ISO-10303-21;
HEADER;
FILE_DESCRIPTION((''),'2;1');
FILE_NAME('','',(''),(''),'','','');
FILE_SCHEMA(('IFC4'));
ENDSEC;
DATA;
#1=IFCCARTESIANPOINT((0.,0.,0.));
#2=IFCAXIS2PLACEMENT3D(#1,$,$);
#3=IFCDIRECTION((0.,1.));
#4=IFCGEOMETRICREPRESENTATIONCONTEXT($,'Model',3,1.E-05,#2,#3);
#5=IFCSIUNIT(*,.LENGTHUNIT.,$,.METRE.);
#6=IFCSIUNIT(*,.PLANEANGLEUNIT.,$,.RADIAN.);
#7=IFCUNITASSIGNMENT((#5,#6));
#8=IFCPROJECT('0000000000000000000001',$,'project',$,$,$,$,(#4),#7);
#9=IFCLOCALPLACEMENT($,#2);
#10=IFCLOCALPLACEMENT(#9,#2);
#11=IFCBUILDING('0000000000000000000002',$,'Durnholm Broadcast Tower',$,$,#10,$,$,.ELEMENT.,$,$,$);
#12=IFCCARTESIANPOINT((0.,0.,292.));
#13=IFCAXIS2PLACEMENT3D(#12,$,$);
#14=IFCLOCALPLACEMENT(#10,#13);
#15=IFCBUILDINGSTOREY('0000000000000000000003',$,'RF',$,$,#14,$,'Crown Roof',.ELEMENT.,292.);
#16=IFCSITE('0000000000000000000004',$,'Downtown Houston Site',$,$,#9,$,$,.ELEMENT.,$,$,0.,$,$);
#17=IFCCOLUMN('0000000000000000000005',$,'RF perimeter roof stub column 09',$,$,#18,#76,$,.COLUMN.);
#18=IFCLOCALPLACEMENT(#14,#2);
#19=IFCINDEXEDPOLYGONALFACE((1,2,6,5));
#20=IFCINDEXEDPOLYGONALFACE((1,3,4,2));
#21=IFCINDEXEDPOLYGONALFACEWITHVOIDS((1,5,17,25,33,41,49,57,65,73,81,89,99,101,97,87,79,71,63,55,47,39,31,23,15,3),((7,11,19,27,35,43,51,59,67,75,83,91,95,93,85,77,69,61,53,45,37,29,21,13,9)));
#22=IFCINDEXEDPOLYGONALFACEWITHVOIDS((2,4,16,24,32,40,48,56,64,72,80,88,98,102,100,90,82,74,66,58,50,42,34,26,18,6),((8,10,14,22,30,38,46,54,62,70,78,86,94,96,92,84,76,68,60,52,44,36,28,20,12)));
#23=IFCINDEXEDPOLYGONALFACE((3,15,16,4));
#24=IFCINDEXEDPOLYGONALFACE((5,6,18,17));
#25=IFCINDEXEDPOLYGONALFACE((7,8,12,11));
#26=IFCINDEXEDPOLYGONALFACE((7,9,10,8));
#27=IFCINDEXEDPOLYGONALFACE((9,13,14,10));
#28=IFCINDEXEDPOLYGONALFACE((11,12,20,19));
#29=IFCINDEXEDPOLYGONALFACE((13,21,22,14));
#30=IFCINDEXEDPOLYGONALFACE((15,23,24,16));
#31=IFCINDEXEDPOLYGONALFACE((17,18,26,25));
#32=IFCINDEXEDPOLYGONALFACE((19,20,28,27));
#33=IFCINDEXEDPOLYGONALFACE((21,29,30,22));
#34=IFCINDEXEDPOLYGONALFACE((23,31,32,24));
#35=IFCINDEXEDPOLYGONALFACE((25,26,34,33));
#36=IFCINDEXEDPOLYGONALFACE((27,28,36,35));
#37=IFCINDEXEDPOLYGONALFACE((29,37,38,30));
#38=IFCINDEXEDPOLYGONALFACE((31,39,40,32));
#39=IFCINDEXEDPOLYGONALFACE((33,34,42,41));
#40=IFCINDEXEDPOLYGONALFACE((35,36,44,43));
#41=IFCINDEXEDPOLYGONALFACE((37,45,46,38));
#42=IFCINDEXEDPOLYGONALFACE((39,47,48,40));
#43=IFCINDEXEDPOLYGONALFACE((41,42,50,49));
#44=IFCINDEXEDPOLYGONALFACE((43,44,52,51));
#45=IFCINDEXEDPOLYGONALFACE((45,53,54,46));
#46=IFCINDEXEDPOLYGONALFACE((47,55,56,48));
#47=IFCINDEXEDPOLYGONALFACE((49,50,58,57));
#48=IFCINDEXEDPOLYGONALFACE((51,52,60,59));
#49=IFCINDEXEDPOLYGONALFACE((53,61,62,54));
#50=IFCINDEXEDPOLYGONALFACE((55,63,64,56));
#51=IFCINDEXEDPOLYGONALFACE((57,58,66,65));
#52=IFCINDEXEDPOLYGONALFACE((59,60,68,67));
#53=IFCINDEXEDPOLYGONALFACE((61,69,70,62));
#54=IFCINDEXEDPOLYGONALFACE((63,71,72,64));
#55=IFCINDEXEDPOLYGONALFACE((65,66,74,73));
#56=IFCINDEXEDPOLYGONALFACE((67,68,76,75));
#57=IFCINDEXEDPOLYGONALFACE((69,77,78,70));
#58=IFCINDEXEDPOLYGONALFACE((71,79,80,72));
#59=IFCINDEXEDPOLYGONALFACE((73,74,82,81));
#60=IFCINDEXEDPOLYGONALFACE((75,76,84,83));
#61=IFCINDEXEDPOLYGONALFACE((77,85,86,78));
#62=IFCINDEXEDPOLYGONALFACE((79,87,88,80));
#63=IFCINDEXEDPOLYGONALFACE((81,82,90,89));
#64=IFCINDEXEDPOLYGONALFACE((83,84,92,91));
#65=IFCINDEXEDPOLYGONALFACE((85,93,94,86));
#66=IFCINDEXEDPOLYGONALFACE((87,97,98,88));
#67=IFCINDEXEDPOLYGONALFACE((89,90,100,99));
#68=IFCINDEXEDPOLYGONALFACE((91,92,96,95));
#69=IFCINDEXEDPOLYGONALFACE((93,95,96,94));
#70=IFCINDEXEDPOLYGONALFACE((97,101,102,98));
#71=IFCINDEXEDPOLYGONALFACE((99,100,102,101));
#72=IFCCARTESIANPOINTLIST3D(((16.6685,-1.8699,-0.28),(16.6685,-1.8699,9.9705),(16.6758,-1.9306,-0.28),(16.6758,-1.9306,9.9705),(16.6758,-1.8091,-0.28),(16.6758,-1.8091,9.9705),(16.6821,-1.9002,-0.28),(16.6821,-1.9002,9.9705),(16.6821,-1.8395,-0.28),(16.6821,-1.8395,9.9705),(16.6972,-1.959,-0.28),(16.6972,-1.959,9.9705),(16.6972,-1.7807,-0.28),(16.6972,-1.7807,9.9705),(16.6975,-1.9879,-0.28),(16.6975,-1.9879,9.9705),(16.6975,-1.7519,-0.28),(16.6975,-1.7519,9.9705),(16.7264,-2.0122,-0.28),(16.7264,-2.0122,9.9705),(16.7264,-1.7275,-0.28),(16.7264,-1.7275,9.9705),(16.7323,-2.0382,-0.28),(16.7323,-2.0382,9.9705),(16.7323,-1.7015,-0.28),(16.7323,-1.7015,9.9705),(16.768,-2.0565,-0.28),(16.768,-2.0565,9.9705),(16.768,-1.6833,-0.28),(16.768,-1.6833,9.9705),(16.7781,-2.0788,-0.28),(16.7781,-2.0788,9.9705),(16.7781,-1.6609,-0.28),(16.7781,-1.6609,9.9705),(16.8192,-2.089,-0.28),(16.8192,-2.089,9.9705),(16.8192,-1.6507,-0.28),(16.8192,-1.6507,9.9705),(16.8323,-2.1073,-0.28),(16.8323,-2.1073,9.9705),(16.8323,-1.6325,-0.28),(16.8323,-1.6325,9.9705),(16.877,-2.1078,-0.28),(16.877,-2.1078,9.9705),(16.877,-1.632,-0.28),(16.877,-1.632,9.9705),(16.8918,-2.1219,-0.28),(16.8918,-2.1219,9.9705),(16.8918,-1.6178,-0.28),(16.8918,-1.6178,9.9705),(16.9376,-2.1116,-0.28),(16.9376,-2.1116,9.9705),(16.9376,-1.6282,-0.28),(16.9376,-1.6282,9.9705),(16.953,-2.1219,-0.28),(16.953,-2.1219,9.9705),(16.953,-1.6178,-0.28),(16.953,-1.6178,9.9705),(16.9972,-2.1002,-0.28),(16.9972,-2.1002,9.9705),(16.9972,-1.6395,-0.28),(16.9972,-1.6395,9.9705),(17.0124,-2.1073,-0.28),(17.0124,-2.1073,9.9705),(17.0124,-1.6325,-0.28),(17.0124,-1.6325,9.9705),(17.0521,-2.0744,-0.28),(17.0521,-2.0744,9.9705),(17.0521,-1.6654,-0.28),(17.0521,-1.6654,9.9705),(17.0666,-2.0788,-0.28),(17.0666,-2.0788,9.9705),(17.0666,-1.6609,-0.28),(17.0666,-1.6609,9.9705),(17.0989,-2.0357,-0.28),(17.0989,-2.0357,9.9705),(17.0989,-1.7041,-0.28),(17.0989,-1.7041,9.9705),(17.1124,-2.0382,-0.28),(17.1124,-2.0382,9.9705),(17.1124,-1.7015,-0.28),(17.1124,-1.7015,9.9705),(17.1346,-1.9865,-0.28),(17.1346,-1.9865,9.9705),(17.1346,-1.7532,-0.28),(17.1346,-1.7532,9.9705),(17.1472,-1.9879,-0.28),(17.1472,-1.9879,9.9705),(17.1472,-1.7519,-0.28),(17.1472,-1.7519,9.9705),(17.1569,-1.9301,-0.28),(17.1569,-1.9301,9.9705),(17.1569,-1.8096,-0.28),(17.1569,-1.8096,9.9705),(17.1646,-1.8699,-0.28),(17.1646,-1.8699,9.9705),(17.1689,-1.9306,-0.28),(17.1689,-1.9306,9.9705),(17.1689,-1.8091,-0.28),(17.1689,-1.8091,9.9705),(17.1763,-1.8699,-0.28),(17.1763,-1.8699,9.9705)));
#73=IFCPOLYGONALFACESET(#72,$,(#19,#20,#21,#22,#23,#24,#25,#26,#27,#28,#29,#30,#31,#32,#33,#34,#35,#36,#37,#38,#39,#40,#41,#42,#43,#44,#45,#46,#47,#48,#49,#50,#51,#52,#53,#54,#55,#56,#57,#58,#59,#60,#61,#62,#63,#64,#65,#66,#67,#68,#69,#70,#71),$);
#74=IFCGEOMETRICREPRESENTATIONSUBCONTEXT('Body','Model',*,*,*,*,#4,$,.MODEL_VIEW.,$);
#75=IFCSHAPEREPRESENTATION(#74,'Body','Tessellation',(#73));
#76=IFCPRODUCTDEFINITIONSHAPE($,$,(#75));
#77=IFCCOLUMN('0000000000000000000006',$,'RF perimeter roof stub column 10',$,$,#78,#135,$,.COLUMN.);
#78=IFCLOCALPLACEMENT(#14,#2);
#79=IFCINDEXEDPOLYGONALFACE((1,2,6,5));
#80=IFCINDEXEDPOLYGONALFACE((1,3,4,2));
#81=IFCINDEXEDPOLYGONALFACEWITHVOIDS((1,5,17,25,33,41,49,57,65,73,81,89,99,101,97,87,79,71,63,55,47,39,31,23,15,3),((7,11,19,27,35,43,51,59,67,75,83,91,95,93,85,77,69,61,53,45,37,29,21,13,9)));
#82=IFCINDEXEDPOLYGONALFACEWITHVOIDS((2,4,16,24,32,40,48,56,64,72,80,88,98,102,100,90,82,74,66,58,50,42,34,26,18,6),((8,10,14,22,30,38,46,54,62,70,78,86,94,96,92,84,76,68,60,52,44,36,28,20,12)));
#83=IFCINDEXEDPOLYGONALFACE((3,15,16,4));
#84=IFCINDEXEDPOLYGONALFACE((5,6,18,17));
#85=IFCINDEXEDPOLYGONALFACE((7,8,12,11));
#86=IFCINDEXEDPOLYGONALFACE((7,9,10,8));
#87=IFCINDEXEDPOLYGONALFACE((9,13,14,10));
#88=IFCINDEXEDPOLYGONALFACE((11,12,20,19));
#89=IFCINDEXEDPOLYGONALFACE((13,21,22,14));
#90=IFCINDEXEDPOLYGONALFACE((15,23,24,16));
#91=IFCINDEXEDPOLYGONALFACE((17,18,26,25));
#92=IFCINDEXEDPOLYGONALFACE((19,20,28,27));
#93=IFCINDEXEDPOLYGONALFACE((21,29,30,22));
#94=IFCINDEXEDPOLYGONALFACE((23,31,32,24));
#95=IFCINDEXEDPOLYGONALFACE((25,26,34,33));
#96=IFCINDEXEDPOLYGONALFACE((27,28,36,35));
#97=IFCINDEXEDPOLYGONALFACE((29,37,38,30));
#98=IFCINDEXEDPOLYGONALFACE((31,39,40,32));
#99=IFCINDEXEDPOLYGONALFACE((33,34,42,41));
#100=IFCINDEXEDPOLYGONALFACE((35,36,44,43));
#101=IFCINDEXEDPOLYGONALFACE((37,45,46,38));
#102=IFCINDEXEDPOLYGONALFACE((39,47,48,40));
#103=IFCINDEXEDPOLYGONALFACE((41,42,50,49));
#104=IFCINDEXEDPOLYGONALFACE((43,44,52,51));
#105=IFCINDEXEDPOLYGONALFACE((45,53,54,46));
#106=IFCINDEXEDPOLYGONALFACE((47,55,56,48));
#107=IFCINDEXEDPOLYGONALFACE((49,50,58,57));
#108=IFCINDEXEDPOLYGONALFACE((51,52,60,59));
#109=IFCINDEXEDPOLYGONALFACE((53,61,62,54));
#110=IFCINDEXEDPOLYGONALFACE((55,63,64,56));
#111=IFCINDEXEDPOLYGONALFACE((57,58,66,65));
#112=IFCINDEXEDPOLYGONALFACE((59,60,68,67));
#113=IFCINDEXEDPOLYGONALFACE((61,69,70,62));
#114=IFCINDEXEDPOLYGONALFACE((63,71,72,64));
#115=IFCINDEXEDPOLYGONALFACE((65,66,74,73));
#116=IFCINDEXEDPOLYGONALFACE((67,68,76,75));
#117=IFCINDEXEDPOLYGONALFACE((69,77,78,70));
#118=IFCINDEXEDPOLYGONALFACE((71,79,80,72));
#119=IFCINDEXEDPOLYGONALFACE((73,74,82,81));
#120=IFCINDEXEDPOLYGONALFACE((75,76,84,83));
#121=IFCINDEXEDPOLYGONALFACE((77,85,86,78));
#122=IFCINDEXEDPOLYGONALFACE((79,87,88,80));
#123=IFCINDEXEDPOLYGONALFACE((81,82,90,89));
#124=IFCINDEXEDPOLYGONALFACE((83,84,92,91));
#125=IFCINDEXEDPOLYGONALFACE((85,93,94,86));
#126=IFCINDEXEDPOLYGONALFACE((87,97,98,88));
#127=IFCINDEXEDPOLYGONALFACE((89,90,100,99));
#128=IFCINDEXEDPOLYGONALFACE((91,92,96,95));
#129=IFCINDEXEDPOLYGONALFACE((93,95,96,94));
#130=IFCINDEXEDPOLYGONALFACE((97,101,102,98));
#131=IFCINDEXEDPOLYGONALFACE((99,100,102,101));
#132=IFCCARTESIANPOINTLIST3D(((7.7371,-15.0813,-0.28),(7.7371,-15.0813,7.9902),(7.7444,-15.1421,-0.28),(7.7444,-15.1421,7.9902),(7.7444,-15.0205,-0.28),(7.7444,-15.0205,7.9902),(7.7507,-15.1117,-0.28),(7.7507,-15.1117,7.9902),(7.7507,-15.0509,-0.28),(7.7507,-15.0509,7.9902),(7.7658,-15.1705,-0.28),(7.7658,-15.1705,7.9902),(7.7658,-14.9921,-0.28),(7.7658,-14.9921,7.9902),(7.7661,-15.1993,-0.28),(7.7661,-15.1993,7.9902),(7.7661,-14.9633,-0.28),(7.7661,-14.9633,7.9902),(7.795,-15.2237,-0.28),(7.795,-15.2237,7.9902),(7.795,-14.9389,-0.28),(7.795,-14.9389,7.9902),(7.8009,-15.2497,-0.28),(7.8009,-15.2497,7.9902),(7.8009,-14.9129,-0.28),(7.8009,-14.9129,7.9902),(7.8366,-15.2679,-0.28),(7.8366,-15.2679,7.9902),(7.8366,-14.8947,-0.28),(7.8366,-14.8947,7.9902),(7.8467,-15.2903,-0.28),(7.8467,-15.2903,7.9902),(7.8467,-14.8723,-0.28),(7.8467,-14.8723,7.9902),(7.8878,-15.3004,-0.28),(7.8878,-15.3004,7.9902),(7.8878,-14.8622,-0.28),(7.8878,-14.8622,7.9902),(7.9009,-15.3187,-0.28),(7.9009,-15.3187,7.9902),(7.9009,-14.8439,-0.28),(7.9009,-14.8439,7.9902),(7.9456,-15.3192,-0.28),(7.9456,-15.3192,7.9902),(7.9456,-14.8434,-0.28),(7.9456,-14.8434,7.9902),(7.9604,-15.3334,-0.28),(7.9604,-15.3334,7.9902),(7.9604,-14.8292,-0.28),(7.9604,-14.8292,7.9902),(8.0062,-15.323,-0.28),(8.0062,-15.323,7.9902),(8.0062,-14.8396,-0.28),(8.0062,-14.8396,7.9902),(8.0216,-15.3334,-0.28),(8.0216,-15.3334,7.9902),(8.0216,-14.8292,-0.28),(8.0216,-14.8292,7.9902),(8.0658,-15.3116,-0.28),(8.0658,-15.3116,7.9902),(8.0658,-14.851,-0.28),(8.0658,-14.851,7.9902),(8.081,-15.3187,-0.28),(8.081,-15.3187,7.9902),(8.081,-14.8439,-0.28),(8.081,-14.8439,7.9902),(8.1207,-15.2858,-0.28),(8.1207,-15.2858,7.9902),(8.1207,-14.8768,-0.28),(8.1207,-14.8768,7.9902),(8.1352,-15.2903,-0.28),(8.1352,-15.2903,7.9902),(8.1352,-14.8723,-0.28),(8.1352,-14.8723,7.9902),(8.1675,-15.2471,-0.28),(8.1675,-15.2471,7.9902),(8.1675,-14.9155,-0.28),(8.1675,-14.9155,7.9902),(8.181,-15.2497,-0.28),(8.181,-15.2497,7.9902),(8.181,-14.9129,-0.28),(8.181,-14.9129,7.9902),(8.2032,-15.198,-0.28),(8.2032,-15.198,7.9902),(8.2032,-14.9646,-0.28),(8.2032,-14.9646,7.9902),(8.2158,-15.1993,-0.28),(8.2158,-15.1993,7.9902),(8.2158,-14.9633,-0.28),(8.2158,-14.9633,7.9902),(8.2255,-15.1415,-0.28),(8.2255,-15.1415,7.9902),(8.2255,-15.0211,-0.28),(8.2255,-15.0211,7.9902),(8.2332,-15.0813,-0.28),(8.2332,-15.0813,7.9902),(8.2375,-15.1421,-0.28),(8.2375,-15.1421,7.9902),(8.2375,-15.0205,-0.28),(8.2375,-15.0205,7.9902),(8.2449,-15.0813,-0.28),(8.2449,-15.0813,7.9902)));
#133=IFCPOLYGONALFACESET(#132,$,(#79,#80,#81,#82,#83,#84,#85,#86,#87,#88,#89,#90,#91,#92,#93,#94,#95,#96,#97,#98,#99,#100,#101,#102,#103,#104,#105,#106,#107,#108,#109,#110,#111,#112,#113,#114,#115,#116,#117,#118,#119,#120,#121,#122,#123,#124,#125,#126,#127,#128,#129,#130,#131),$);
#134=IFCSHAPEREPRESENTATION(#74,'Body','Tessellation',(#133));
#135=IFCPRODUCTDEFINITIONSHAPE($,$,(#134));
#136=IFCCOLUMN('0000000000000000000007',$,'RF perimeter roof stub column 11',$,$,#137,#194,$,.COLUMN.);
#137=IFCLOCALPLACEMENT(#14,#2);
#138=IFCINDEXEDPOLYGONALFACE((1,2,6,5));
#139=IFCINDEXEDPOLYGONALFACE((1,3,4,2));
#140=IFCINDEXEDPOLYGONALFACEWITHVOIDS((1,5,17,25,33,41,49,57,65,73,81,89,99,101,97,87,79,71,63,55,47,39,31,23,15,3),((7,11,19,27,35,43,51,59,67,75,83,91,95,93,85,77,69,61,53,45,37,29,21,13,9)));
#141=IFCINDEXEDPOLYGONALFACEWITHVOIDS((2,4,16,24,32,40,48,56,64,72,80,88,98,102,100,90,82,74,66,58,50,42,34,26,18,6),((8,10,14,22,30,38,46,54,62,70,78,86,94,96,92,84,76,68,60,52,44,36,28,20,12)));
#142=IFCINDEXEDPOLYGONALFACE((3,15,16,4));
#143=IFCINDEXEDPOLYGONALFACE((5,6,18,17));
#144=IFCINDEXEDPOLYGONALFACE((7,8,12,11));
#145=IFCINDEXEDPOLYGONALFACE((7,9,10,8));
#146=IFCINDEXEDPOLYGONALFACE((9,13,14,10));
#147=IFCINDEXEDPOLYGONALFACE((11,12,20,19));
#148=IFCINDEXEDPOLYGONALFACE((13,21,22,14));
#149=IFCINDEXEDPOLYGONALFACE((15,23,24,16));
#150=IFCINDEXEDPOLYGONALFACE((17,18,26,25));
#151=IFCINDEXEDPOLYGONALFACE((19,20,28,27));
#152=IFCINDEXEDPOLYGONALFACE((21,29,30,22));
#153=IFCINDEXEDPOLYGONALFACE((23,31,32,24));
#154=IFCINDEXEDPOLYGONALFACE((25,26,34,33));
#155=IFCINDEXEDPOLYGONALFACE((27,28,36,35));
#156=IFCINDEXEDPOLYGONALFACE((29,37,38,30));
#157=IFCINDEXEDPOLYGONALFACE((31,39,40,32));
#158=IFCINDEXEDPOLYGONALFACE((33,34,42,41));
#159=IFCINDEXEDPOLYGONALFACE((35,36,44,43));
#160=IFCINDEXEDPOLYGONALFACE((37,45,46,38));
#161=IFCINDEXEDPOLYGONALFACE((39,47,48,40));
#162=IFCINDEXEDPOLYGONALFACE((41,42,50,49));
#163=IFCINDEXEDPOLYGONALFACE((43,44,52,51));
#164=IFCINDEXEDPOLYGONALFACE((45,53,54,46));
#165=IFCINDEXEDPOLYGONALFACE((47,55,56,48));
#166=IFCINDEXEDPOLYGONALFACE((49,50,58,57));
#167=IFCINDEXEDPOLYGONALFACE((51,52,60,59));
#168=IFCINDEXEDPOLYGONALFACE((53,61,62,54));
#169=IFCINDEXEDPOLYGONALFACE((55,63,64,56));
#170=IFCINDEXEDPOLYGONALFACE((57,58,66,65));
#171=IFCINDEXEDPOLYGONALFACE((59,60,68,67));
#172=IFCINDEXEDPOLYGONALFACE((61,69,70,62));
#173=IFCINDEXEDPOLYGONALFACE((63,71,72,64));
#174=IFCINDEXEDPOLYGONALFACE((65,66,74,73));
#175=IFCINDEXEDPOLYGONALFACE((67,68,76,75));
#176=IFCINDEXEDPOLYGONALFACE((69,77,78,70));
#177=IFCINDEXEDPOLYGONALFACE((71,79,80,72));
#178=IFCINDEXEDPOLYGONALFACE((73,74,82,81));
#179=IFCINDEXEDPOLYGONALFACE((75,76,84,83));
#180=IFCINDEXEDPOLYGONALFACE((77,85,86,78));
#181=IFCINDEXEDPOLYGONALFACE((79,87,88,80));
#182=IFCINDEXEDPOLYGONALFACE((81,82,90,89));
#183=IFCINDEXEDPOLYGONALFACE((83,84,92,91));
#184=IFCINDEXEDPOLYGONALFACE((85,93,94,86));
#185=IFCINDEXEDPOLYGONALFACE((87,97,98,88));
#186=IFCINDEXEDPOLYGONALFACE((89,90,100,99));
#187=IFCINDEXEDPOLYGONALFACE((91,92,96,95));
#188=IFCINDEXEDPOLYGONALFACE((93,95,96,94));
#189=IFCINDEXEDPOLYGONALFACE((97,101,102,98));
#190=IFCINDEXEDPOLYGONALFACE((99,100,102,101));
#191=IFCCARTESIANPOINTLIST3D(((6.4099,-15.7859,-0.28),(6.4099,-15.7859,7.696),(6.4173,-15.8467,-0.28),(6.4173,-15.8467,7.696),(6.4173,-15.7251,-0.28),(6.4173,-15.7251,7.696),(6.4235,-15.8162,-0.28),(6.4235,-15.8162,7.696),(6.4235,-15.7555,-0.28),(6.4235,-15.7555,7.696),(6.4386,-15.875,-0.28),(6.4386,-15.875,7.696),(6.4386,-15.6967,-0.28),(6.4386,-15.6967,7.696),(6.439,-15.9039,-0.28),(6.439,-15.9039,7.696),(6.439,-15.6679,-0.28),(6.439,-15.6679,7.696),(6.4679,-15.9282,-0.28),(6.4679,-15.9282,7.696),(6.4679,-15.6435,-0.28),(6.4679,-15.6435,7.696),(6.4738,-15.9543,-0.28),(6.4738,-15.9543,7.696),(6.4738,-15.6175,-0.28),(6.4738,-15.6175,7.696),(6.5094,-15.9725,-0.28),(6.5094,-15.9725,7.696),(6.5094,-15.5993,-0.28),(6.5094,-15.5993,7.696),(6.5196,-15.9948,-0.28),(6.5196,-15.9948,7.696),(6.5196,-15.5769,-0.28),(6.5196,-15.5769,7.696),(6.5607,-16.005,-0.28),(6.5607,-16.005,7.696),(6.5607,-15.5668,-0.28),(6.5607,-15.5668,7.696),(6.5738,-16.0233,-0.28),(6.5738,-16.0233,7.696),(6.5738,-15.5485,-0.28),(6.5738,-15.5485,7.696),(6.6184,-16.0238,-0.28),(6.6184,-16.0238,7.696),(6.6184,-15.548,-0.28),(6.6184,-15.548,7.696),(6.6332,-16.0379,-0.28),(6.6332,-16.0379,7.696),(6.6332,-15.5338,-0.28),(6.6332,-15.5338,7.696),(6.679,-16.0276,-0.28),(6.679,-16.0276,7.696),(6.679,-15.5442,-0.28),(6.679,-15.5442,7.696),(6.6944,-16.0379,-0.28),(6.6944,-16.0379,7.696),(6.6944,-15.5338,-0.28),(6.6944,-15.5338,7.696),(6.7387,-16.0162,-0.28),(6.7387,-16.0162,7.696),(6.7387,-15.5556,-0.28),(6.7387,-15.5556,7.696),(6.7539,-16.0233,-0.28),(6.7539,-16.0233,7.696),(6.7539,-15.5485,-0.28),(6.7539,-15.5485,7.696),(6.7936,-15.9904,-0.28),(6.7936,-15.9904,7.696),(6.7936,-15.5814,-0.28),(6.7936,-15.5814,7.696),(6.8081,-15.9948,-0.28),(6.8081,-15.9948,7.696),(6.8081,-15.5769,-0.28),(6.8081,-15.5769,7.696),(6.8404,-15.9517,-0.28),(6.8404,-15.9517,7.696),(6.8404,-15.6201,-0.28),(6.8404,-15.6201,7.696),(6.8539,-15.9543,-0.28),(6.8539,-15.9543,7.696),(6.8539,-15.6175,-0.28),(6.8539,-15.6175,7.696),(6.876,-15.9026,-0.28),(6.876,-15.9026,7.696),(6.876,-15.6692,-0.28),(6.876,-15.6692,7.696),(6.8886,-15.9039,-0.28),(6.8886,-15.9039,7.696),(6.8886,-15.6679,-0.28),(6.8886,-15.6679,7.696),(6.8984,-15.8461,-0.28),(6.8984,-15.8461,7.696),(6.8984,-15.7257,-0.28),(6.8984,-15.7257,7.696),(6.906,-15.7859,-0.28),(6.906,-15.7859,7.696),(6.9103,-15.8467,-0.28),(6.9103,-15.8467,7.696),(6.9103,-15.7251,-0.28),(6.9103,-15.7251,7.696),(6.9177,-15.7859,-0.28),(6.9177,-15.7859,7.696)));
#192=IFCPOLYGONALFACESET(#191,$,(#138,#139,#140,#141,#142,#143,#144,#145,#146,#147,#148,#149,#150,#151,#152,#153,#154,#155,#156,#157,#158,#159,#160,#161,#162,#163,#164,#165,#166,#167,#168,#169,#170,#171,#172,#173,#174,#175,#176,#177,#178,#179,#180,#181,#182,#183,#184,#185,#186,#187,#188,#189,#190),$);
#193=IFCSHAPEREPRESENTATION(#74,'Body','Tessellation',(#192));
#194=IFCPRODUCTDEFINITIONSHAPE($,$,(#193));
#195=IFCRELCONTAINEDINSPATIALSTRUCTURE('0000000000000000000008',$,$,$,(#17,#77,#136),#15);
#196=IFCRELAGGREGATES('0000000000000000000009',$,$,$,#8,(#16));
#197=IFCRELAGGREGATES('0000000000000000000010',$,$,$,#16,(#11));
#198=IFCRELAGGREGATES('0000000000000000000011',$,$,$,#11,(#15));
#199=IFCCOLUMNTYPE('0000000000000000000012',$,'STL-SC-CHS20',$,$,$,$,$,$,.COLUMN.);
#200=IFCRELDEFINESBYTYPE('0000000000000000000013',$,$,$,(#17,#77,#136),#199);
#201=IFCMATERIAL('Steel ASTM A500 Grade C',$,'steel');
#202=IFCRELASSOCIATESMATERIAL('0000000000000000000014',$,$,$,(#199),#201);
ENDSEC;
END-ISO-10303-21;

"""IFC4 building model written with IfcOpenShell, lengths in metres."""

from ifc_helpers import new_model, si_unit, direction, frame, origin, origin_2d, place, context, subcontext, project, spatial, hollow_circle, extrude, source, transform, mapped, material, material_profile, profile_set, type_object, element, save


model = new_model("IFC4")

# Units and contexts
model_context = context("Model", 3, precision=1e-05, world=origin(), true_north=direction((0.0, 1.0)))
body_context = subcontext(model_context, "Body", "Model", "MODEL_VIEW")
ifc_project = project(units=[si_unit("LENGTHUNIT", "METRE"), si_unit("PLANEANGLEUNIT", "RADIAN")], contexts=[model_context])

# Site, building, storey
site_placement = place(None, origin())
site = spatial("IfcSite", under=ifc_project, at=site_placement, Name="Downtown Houston Site", CompositionType="ELEMENT", RefElevation=0.0)
building_placement = place(site_placement, origin())
building = spatial("IfcBuilding", under=site, at=building_placement, Name="Durnholm Broadcast Tower", CompositionType="ELEMENT")
storey_placement = place(building_placement, frame((0.0, 0.0, 292.0)))
storey = spatial("IfcBuildingStorey", under=building, at=storey_placement, Name="RF", LongName="Crown Roof", CompositionType="ELEMENT", Elevation=292.0)

# Columns
ifc_material_1 = material(Name="Steel ASTM A500 Grade C", Category="steel")
ifc_material_profile_1 = material_profile(ifc_material_1, hollow_circle(Radius=0.2539, WallThickness=0.0117, at=origin_2d()), Name="HSS20.000X0.500")
ifc_profile_set_1 = profile_set([ifc_material_profile_1], Name="Steel ASTM A500 Grade C")
column_type_1 = type_object("IfcColumnType", Name="STL-SC-CHS20", PredefinedType="COLUMN", material=ifc_profile_set_1)
shared_shape_1 = source(origin(), body_context, "Body", "SweptSolid", [
    extrude(hollow_circle(Radius=0.2539, WallThickness=0.0117, at=origin_2d()), origin(), (0.0, 0.0, 1.0), 10.2505),
])
column_1_placement = place(storey_placement, frame((16.9224, -1.8699, -0.28), z_axis=(0.0, 0.0, 1.0), x_axis=(1.0, 0.0, 0.0)))
element("IfcColumn", 1, at=column_1_placement, inside=storey, type_object=column_type_1, Name="RF perimeter roof stub column 09", PredefinedType="COLUMN", context=body_context, shape_type="MappedRepresentation", body=[
    mapped(shared_shape_1, transform((0.0, 0.0, 0.0), x_axis=(1.0, 0.0, 0.0), y_axis=(0.0, 1.0, 0.0), z_axis=(0.0, 0.0, 1.0), scale=1.0)),
])
shared_shape_2 = source(origin(), body_context, "Body", "SweptSolid", [
    extrude(hollow_circle(Radius=0.2539, WallThickness=0.0117, at=origin_2d()), origin(), (0.0, 0.0, 1.0), 8.2703),
])
column_2_placement = place(storey_placement, frame((7.991, -15.0813, -0.28), z_axis=(0.0, 0.0, 1.0), x_axis=(1.0, 0.0, 0.0)))
element("IfcColumn", 2, at=column_2_placement, inside=storey, type_object=column_type_1, Name="RF perimeter roof stub column 10", PredefinedType="COLUMN", context=body_context, shape_type="MappedRepresentation", body=[
    mapped(shared_shape_2, transform((0.0, 0.0, 0.0), x_axis=(1.0, 0.0, 0.0), y_axis=(0.0, 1.0, 0.0), z_axis=(0.0, 0.0, 1.0), scale=1.0)),
])
shared_shape_3 = source(origin(), body_context, "Body", "SweptSolid", [
    extrude(hollow_circle(Radius=0.2539, WallThickness=0.0117, at=origin_2d()), origin(), (0.0, 0.0, 1.0), 7.9761),
])
column_3_placement = place(storey_placement, frame((6.6638, -15.7859, -0.28), z_axis=(0.0, 0.0, 1.0), x_axis=(1.0, 0.0, 0.0)))
element("IfcColumn", 3, at=column_3_placement, inside=storey, type_object=column_type_1, Name="RF perimeter roof stub column 11", PredefinedType="COLUMN", context=body_context, shape_type="MappedRepresentation", body=[
    mapped(shared_shape_3, transform((0.0, 0.0, 0.0), x_axis=(1.0, 0.0, 0.0), y_axis=(0.0, 1.0, 0.0), z_axis=(0.0, 0.0, 1.0), scale=1.0)),
])

save(model, "model.ifc")
